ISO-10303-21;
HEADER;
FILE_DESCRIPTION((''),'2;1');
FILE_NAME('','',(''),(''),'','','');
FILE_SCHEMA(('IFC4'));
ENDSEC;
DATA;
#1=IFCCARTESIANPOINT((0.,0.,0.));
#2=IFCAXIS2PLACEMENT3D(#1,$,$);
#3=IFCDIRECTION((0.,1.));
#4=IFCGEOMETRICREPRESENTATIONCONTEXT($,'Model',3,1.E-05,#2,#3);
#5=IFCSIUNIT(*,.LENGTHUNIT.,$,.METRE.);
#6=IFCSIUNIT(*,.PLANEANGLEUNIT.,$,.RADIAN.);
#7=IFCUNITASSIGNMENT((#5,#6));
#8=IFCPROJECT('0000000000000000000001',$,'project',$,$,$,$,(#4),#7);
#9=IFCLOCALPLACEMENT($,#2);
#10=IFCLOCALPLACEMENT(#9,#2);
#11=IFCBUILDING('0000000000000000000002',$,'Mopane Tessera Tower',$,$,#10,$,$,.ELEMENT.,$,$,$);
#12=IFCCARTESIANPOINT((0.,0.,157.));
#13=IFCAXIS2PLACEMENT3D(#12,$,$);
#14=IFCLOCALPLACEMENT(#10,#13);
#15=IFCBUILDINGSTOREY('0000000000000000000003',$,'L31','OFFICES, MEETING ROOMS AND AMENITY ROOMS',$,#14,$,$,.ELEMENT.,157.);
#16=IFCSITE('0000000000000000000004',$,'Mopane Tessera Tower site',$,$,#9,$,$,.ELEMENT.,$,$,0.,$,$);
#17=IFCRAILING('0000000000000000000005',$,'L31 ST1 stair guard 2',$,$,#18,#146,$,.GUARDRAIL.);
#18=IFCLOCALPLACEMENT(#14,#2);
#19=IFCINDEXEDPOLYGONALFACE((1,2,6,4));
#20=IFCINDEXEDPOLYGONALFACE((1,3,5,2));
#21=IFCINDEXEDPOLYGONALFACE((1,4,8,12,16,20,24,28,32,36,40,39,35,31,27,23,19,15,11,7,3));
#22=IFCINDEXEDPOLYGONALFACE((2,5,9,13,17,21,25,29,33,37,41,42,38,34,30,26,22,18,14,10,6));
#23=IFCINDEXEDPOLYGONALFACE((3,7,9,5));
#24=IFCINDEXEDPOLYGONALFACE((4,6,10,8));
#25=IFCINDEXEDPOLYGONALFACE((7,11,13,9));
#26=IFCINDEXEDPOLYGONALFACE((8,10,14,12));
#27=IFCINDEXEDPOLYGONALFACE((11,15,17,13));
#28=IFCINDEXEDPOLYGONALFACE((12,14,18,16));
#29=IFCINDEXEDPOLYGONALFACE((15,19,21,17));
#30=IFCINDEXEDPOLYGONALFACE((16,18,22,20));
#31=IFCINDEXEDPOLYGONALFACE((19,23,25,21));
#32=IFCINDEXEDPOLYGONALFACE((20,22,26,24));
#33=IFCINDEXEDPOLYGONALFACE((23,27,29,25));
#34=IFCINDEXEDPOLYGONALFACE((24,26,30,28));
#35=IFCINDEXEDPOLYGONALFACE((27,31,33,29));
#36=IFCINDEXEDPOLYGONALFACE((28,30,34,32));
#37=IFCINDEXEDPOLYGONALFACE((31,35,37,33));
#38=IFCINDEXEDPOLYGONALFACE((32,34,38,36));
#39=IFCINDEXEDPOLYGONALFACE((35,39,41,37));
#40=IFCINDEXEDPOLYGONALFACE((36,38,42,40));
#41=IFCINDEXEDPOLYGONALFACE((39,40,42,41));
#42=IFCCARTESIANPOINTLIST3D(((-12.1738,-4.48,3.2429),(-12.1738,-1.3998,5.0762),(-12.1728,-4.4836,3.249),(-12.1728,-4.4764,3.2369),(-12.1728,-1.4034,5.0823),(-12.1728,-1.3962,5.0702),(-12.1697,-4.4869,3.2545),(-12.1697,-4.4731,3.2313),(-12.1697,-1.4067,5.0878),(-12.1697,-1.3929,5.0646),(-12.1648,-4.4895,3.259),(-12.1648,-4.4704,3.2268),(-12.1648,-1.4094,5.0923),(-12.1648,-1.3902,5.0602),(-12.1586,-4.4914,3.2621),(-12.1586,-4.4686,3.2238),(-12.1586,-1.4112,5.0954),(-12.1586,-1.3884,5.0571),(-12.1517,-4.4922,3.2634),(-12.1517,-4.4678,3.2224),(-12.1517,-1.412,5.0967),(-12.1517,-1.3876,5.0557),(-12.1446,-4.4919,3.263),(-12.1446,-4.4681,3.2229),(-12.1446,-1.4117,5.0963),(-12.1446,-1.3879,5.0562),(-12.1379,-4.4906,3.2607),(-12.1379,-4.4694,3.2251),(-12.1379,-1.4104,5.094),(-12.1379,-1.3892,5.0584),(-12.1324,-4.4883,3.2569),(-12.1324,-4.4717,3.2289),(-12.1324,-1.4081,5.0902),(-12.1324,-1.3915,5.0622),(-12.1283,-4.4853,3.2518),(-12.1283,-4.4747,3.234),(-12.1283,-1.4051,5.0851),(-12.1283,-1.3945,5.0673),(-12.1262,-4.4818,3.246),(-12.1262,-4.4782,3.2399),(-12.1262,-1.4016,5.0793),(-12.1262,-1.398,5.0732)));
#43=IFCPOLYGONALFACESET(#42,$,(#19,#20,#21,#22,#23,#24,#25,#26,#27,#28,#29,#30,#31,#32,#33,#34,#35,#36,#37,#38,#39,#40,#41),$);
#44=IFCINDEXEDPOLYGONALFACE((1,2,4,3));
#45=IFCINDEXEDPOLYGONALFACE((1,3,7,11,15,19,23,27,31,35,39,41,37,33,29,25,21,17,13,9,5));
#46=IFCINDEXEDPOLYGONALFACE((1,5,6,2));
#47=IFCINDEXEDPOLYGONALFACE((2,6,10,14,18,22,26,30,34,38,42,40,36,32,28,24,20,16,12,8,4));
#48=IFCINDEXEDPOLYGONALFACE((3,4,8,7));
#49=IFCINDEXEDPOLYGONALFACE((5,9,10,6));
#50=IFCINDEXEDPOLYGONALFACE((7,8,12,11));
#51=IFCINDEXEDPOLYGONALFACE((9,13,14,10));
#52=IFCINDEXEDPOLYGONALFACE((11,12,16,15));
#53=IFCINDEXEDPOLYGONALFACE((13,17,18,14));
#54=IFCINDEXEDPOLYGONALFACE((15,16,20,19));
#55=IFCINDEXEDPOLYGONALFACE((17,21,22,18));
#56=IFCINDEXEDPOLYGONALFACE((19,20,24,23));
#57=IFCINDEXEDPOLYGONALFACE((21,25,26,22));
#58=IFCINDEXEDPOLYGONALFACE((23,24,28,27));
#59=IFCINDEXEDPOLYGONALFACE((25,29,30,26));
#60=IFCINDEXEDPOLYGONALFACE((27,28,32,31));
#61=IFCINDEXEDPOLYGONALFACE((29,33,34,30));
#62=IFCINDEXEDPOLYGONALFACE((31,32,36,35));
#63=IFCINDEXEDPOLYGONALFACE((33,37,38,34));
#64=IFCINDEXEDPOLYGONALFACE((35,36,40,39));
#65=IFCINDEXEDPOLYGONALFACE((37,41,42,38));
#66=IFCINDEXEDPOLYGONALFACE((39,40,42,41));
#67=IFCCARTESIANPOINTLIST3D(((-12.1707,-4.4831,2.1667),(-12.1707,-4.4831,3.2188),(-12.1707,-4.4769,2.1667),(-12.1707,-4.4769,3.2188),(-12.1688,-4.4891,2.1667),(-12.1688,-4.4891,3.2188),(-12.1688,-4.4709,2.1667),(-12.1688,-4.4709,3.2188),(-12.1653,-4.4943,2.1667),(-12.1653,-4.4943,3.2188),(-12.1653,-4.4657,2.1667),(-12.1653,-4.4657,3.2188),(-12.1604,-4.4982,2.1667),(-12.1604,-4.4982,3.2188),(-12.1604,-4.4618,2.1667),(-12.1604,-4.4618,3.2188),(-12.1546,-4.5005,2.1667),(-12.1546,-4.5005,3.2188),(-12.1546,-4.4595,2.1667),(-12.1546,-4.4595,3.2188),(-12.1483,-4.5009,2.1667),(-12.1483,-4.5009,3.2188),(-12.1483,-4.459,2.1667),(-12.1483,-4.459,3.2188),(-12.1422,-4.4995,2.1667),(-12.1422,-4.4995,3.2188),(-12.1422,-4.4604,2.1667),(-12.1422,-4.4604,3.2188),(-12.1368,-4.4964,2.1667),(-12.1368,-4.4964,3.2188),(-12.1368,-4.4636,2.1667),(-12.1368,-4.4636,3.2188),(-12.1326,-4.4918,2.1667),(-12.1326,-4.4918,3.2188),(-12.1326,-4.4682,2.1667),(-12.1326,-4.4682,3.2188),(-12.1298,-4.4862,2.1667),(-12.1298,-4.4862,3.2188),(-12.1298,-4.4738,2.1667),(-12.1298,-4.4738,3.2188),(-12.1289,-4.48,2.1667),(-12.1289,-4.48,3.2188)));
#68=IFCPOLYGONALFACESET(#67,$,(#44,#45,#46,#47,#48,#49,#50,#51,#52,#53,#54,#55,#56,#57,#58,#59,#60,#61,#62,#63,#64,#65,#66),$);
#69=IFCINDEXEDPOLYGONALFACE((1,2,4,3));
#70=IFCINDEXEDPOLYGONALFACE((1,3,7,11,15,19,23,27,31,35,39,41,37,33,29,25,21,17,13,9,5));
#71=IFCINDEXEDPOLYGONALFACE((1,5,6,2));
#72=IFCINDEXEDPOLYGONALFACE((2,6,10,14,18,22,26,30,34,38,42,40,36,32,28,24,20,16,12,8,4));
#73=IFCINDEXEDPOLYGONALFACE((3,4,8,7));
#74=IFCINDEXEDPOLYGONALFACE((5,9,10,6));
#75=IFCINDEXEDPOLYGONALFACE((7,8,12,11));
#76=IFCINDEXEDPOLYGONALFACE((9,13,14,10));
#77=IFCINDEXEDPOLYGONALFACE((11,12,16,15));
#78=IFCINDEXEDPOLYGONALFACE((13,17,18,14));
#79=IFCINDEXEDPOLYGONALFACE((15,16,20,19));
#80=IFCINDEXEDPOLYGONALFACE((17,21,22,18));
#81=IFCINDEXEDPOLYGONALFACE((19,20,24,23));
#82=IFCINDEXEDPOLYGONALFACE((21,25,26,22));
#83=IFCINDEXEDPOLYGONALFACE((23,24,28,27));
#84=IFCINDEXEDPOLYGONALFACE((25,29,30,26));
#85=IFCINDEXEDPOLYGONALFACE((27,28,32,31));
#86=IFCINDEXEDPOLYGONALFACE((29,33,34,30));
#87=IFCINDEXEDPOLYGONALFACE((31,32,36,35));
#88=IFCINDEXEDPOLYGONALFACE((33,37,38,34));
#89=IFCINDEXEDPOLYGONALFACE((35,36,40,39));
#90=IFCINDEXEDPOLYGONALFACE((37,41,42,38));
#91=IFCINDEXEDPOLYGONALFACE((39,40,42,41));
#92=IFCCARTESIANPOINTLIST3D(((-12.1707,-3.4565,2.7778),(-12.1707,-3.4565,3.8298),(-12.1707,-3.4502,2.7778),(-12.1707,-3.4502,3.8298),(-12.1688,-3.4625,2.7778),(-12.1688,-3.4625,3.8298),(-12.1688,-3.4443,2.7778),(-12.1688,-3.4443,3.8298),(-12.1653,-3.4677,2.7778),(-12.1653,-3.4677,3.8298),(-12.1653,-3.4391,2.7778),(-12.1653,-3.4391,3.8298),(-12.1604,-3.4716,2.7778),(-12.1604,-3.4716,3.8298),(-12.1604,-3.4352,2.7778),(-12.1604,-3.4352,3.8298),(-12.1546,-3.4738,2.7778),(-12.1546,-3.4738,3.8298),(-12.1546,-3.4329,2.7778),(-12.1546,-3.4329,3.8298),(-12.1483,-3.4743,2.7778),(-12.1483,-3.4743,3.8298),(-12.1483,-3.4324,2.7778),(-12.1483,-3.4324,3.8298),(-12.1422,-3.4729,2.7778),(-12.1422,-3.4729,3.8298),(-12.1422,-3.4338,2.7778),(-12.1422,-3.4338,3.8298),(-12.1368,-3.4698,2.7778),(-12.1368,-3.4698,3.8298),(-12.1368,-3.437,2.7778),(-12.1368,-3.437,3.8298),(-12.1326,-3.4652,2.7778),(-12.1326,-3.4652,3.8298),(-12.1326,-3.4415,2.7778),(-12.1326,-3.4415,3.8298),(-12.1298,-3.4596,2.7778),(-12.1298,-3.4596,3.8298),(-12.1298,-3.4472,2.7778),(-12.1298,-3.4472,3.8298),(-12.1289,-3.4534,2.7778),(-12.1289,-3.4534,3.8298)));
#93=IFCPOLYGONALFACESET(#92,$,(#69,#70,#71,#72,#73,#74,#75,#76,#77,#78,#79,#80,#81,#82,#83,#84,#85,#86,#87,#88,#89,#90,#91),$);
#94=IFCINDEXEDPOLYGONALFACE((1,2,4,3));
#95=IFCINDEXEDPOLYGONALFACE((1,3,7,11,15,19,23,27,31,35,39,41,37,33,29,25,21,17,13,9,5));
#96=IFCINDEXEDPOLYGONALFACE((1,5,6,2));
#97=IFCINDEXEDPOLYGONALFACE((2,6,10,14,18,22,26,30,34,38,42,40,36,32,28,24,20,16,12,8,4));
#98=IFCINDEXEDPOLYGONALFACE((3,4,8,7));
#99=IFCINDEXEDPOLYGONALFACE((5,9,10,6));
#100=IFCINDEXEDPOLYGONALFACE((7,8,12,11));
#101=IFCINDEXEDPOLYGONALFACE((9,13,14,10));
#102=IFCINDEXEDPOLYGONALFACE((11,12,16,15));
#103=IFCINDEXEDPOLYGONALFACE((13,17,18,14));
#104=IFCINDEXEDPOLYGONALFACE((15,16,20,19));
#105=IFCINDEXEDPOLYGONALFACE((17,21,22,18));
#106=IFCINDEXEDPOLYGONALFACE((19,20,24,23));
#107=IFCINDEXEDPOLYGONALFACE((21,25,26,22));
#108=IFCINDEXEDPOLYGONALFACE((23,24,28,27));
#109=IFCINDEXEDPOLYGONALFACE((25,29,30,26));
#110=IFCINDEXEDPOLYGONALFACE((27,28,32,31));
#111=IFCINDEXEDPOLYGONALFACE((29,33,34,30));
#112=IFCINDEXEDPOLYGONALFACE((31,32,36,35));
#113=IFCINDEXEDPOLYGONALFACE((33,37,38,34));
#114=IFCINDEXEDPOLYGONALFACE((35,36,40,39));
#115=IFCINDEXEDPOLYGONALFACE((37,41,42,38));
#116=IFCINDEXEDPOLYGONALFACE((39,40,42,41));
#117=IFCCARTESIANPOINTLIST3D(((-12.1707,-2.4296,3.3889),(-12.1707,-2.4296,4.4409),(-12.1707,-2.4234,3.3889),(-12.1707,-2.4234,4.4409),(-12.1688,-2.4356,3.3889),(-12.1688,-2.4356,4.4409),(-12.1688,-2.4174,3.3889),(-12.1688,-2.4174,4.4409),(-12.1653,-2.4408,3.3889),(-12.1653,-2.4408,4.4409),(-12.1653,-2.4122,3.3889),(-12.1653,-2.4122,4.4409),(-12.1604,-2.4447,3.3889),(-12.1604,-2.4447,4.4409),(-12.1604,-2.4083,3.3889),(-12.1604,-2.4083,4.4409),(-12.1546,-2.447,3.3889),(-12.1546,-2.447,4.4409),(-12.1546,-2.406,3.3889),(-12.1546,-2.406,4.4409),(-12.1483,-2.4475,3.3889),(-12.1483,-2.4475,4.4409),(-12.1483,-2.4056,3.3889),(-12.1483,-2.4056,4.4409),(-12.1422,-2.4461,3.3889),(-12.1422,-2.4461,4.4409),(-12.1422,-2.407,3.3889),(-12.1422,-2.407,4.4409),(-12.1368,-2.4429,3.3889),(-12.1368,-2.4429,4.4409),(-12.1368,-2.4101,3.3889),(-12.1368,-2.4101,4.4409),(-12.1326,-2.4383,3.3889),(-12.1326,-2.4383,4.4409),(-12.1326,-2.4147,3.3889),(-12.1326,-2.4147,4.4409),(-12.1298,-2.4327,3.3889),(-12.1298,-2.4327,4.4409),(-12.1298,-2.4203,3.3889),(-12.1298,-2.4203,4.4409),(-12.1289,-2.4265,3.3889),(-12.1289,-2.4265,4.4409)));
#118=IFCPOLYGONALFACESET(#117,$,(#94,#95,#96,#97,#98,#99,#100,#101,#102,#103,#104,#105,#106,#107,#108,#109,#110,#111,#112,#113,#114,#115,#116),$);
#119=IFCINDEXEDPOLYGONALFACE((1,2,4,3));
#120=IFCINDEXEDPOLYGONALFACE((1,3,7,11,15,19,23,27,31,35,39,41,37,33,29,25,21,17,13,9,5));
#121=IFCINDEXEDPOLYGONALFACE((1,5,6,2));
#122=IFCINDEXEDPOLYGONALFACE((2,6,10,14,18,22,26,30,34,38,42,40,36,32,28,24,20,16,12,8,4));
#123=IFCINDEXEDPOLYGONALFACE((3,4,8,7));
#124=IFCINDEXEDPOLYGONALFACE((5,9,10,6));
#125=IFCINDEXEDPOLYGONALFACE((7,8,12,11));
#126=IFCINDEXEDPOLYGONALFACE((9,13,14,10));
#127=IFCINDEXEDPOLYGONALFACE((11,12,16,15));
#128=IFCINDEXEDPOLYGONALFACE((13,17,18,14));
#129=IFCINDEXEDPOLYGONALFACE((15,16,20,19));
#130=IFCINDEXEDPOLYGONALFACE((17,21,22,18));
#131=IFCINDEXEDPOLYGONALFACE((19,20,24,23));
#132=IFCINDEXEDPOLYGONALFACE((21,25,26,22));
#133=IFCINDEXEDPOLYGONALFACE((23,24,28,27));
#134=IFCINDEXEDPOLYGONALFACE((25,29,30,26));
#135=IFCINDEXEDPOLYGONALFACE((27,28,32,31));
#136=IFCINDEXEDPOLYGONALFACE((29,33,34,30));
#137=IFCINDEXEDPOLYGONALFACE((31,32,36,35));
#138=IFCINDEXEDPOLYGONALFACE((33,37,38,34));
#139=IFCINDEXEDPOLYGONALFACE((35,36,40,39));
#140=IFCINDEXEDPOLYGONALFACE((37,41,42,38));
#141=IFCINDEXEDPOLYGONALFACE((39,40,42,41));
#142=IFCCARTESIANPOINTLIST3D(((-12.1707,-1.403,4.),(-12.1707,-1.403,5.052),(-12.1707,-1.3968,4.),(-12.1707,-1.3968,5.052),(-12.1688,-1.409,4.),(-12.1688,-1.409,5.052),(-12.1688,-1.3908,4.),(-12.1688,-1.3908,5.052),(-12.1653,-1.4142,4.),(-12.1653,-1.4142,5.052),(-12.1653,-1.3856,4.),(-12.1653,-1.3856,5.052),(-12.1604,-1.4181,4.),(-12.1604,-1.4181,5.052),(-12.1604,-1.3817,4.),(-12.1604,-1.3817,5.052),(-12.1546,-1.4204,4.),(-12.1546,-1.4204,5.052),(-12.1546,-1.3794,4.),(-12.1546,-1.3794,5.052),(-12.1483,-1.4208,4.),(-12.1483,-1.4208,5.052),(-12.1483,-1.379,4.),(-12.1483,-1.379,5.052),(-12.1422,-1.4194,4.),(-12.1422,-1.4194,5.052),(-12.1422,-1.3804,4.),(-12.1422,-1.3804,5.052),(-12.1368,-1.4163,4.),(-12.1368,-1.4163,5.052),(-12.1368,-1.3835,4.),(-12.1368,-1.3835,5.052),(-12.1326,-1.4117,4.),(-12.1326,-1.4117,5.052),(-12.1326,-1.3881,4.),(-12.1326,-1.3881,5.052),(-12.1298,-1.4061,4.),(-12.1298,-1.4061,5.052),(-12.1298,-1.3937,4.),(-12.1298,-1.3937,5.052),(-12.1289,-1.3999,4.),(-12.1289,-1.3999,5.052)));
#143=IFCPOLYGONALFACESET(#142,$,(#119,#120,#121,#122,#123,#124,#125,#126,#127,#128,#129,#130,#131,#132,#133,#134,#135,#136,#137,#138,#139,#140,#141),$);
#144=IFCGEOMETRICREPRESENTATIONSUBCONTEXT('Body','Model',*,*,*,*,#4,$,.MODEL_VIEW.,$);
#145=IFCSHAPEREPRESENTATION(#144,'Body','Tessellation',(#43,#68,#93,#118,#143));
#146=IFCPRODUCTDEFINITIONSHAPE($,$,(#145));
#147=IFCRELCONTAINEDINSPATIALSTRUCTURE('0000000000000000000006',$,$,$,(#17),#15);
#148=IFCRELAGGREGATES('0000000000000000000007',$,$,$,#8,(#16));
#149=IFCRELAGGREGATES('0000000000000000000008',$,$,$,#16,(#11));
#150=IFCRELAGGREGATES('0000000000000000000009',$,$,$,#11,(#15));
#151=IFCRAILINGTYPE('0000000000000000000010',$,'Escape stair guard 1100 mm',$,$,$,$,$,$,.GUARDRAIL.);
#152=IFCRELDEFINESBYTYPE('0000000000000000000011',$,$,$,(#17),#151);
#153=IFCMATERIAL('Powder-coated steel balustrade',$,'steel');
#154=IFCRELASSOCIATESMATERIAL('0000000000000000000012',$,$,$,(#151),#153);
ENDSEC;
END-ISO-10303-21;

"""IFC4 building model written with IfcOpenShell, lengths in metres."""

from ifc_helpers import new_model, si_unit, direction, frame, origin, origin_2d, place, context, subcontext, project, spatial, circle, extrude, material, type_object, element, save


model = new_model("IFC4")

# Units and contexts
model_context = context("Model", 3, precision=1e-05, world=origin(), true_north=direction((0.0, 1.0)))
body_context = subcontext(model_context, "Body", "Model", "MODEL_VIEW")
ifc_project = project(units=[si_unit("LENGTHUNIT", "METRE"), si_unit("PLANEANGLEUNIT", "RADIAN")], contexts=[model_context])

# Site, building, storey
site_placement = place(None, origin())
site = spatial("IfcSite", under=ifc_project, at=site_placement, Name="Mopane Tessera Tower site", CompositionType="ELEMENT", RefElevation=0.0)
building_placement = place(site_placement, origin())
building = spatial("IfcBuilding", under=site, at=building_placement, Name="Mopane Tessera Tower", CompositionType="ELEMENT")
storey_placement = place(building_placement, frame((0.0, 0.0, 157.0)))
storey = spatial("IfcBuildingStorey", under=building, at=storey_placement, Name="L31", Description="OFFICES, MEETING ROOMS AND AMENITY ROOMS", CompositionType="ELEMENT", Elevation=157.0)

# Railing
ifc_material_1 = material(Name="Powder-coated steel balustrade", Category="steel")
railing_type_1 = type_object("IfcRailingType", Name="Escape stair guard 1100 mm", PredefinedType="GUARDRAIL", material=ifc_material_1)
railing_1_placement = place(storey_placement, frame((-12.1499, -4.48, 2.1667)))
element("IfcRailing", 1, at=railing_1_placement, inside=storey, type_object=railing_type_1, Name="L31 ST1 stair guard 2", PredefinedType="GUARDRAIL", context=body_context, shape_type="SweptSolid", body=[
    extrude(circle(Radius=0.0239, at=origin_2d()), frame((0.0, 0.0, 1.0762), z_axis=(0.0, 0.859309, 0.511458), x_axis=(-1.0, 0.0, 0.0)), (0.0, 0.0, 1.0), 3.5845),
    extrude(circle(Radius=0.021, at=origin_2d()), origin(), (0.0, 0.0, 1.0), 1.052),
    extrude(circle(Radius=0.021, at=origin_2d()), frame((0.0, 1.0266, 0.6111)), (0.0, 0.0, 1.0), 1.052),
    extrude(circle(Radius=0.021, at=origin_2d()), frame((0.0, 2.0535, 1.2222)), (0.0, 0.0, 1.0), 1.052),
    extrude(circle(Radius=0.021, at=origin_2d()), frame((0.0, 3.0801, 1.8333)), (0.0, 0.0, 1.0), 1.052),
])

save(model, "model.ifc")
